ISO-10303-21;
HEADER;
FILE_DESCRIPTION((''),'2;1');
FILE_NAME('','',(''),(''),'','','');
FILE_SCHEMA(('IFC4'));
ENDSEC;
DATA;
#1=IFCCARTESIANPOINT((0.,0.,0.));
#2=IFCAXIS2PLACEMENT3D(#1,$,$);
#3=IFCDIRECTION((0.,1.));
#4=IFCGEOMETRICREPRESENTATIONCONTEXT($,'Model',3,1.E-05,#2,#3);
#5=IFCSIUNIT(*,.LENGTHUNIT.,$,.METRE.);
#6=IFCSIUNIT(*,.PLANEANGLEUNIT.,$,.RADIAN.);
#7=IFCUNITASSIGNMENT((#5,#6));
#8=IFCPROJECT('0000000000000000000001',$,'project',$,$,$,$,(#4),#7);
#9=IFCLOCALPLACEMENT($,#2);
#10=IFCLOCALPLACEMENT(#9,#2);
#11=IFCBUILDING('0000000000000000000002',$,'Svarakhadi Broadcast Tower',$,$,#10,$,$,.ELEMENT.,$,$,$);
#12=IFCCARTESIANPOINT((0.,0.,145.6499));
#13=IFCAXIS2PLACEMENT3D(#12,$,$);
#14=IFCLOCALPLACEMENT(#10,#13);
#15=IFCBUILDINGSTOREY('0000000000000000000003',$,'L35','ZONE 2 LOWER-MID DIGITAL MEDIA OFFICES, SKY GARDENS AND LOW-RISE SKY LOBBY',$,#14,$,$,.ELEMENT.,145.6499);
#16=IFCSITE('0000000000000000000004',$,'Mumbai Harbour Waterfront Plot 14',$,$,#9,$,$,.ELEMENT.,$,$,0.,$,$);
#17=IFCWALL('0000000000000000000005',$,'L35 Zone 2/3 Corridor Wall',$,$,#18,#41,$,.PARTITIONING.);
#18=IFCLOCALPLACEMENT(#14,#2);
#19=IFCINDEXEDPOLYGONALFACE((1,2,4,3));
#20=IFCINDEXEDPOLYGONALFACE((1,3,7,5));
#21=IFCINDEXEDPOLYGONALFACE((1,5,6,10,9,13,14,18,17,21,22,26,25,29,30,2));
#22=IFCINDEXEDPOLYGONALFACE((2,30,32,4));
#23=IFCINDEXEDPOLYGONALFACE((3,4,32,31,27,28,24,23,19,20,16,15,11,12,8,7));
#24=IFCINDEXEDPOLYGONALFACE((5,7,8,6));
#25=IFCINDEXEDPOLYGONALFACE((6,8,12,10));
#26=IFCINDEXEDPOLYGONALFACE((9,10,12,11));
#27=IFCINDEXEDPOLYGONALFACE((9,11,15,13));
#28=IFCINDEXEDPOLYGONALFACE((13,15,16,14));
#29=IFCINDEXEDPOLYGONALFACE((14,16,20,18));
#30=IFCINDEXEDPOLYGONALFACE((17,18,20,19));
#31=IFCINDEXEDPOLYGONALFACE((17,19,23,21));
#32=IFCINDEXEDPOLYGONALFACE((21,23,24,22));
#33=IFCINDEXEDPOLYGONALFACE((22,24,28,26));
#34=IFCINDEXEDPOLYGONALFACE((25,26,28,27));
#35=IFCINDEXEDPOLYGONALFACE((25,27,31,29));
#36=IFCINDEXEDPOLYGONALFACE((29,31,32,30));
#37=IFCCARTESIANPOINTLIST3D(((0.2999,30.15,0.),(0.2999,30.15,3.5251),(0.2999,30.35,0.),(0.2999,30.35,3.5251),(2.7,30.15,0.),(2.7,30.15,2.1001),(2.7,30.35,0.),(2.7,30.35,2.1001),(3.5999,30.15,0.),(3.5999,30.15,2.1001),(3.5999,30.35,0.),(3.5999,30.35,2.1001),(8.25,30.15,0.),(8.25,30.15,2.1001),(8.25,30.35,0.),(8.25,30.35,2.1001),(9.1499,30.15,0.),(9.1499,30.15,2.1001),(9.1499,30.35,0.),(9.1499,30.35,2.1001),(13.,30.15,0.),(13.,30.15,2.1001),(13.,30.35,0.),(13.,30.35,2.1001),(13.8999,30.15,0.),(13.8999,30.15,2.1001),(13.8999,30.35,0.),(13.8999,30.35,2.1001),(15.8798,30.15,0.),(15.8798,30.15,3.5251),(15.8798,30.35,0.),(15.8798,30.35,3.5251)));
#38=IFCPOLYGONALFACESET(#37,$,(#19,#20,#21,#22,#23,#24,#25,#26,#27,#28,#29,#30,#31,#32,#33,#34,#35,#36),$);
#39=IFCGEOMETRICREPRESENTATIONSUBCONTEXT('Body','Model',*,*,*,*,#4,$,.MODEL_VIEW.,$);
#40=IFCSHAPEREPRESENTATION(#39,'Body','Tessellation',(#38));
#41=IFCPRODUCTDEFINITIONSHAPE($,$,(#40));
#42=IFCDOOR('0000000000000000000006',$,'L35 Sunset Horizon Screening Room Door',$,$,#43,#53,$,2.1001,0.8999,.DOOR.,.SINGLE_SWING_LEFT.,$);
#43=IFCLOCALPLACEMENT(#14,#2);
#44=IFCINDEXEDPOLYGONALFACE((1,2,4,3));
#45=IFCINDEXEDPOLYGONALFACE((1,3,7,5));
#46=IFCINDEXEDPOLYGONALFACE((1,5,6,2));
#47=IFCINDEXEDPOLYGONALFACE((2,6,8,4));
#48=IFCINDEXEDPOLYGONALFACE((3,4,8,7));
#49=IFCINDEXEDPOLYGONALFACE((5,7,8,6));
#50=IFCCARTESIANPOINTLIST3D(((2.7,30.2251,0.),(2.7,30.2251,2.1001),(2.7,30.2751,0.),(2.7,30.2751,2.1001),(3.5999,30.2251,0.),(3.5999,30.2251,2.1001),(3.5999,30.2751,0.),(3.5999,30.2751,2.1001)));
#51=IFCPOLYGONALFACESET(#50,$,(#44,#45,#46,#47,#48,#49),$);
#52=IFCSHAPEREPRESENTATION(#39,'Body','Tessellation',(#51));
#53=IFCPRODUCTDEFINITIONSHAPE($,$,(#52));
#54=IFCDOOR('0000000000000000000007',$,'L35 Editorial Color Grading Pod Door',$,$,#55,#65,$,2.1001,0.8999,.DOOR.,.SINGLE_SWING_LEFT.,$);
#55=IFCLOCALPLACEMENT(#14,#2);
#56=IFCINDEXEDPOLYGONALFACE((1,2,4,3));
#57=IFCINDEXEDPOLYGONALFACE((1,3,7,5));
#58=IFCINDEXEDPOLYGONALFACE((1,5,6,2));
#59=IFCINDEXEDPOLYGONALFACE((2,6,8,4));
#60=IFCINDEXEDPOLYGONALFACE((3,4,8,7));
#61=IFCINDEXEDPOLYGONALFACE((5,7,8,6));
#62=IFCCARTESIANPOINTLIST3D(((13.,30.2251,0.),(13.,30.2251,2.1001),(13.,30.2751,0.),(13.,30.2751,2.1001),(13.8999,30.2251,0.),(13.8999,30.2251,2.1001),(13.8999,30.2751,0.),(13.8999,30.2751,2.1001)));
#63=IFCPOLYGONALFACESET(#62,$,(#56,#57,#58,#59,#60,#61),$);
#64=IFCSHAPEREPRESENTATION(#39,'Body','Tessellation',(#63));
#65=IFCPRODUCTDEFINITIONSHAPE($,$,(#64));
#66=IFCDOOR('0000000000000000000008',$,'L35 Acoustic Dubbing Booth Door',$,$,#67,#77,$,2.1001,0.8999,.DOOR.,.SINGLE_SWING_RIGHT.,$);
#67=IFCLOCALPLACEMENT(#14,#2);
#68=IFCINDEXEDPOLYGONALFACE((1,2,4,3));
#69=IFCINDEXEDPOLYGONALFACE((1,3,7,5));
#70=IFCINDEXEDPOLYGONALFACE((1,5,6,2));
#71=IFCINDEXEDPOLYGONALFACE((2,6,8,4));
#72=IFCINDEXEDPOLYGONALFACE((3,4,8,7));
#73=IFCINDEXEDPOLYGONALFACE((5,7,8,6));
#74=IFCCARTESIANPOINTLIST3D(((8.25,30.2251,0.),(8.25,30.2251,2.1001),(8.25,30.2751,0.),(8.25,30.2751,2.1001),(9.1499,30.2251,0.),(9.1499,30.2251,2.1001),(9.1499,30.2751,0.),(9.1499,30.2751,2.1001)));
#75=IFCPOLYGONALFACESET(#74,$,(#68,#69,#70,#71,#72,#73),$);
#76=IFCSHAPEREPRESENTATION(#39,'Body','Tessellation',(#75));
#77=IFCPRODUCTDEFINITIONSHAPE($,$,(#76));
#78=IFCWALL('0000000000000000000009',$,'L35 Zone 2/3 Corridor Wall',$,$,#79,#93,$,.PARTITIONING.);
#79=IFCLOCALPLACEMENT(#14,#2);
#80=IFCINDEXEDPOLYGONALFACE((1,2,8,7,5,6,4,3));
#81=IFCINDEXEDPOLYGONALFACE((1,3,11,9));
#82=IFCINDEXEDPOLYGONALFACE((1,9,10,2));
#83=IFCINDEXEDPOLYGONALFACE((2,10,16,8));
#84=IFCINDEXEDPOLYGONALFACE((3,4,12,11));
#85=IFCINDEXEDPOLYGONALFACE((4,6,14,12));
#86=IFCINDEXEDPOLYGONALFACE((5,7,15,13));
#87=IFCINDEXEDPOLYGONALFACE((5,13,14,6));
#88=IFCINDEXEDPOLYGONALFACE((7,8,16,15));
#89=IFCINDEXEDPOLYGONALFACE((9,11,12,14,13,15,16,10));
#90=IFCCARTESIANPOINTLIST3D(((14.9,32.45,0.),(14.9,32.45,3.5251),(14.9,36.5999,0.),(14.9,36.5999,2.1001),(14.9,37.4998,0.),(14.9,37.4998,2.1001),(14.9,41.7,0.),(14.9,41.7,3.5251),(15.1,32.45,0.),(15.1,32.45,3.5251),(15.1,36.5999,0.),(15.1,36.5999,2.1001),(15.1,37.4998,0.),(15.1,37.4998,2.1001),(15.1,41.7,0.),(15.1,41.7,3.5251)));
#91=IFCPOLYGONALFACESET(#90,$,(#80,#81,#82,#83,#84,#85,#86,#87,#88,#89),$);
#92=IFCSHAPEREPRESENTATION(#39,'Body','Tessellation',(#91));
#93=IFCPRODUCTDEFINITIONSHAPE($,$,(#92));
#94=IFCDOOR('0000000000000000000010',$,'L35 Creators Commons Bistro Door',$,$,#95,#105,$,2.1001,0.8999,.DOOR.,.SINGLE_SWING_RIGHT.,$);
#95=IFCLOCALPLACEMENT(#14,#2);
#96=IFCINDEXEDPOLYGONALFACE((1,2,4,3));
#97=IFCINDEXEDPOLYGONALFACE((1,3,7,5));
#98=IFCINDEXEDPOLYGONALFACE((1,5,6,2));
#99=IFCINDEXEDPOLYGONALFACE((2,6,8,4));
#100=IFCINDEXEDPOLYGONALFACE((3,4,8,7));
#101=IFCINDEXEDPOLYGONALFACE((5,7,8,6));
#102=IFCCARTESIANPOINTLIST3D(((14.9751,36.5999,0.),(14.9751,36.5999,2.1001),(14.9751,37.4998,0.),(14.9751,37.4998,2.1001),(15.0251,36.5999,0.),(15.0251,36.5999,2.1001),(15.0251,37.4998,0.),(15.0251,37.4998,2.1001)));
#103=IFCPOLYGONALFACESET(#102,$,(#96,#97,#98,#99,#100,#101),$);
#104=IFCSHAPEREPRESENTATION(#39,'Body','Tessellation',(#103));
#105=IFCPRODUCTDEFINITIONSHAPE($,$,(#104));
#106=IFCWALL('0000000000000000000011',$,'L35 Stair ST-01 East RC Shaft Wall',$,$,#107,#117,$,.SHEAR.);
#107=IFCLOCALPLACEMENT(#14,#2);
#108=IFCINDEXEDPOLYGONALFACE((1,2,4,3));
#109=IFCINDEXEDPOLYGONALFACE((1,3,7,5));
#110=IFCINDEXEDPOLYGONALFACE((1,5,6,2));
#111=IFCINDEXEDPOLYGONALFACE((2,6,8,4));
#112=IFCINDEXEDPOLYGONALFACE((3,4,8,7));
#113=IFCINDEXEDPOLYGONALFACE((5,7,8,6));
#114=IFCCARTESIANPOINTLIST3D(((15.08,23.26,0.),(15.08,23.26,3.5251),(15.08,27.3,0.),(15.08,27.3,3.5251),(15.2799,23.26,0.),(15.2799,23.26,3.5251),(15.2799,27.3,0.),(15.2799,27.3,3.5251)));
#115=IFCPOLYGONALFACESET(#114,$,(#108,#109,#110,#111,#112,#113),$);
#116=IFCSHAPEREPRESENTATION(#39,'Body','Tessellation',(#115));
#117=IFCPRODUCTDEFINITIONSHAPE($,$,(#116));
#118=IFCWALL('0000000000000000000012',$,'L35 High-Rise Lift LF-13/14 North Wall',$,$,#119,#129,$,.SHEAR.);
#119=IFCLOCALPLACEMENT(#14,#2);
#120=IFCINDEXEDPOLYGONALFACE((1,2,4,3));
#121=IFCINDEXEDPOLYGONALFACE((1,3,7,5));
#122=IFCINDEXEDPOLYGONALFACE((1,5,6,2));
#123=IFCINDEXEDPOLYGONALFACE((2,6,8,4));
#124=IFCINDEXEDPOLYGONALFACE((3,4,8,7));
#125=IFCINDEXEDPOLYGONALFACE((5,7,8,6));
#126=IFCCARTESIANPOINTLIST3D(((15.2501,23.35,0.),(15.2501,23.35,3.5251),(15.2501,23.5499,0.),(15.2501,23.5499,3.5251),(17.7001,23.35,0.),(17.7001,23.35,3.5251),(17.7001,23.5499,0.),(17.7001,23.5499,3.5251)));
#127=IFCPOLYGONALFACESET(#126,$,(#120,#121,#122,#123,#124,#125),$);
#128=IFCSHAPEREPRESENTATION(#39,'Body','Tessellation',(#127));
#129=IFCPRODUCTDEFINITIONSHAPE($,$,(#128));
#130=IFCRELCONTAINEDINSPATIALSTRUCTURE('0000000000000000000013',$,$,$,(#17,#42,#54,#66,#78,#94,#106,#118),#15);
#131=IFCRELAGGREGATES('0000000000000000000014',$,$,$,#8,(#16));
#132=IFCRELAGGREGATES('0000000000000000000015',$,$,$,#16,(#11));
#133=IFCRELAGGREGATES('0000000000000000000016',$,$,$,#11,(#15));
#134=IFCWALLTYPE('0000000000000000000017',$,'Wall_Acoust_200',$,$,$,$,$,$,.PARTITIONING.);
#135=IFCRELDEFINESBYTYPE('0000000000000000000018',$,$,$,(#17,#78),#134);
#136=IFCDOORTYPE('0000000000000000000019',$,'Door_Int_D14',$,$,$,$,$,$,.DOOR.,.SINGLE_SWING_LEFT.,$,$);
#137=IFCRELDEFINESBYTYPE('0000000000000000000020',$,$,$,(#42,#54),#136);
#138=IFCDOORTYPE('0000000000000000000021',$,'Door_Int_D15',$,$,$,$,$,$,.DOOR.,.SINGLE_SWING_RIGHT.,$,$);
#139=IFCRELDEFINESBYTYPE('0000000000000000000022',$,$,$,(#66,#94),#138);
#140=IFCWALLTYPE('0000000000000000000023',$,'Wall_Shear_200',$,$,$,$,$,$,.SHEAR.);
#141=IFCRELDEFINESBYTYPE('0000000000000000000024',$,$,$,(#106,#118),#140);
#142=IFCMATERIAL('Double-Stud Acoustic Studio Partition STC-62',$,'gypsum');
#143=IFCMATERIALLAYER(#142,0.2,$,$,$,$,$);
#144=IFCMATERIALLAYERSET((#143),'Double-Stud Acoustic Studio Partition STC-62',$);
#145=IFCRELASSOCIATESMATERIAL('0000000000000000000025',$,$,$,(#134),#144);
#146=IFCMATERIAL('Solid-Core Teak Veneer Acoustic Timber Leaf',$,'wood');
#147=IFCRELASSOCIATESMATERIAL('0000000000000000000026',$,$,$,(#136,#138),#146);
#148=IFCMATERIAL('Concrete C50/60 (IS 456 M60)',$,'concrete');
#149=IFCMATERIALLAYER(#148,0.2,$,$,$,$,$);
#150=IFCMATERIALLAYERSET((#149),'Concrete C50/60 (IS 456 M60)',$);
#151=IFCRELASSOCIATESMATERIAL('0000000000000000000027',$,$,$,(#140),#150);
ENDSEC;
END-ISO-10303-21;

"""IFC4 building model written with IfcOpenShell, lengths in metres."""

from ifc_helpers import new_model, si_unit, direction, frame, frame_2d, origin, place, context, subcontext, project, spatial, rectangle, extrude, material, layer, layer_set, type_object, element, fill, save


model = new_model("IFC4")

# Units and contexts
model_context = context("Model", 3, precision=1e-05, world=origin(), true_north=direction((0.0, 1.0)))
body_context = subcontext(model_context, "Body", "Model", "MODEL_VIEW")
ifc_project = project(units=[si_unit("LENGTHUNIT", "METRE"), si_unit("PLANEANGLEUNIT", "RADIAN")], contexts=[model_context])

# Site, building, storey
site_placement = place(None, origin())
site = spatial("IfcSite", under=ifc_project, at=site_placement, Name="Mumbai Harbour Waterfront Plot 14", CompositionType="ELEMENT", RefElevation=0.0)
building_placement = place(site_placement, origin())
building = spatial("IfcBuilding", under=site, at=building_placement, Name="Svarakhadi Broadcast Tower", CompositionType="ELEMENT")
storey_placement = place(building_placement, frame((0.0, 0.0, 145.6499)))
storey = spatial("IfcBuildingStorey", under=building, at=storey_placement, Name="L35", Description="ZONE 2 LOWER-MID DIGITAL MEDIA OFFICES, SKY GARDENS AND LOW-RISE SKY LOBBY", CompositionType="ELEMENT", Elevation=145.6499)

# Shared definitions
ifc_material_1 = material(Name="Concrete C50/60 (IS 456 M60)", Category="concrete")

# Shared definitions
ifc_material_2 = material(Name="Double-Stud Acoustic Studio Partition STC-62", Category="gypsum")
ifc_layer_1 = layer(ifc_material_2, 0.2)
ifc_layer_set_1 = layer_set([ifc_layer_1], Name="Double-Stud Acoustic Studio Partition STC-62")
wall_type_1 = type_object("IfcWallType", Name="Wall_Acoust_200", PredefinedType="PARTITIONING", material=ifc_layer_set_1)

# Wall, openings, doors
wall_1_placement = place(storey_placement, frame((15.8799, 30.25, 0.0), z_axis=(0.0, 0.0, 1.0), x_axis=(-1.0, 0.0, 0.0)))
wall_1 = element("IfcWall", 1, at=wall_1_placement, inside=storey, type_object=wall_type_1, Name="L35 Zone 2/3 Corridor Wall", PredefinedType="PARTITIONING", context=body_context, shape_type="SweptSolid", body=[
    extrude(rectangle(XDim=15.5798, YDim=0.2, at=frame_2d((7.79, 0.0))), origin(), (0.0, 0.0, 1.0), 3.5251),
])
opening_1_placement = place(wall_1_placement, frame((12.28, 0.0, 0.0)))
opening_1 = element("IfcOpeningElement", 2, at=opening_1_placement, cuts=wall_1, PredefinedType="OPENING", context=body_context, shape_type="SweptSolid", body=[
    extrude(rectangle(XDim=0.8999, YDim=2.1001, at=frame_2d((0.45, 1.05))), frame((0.0, 0.1099, 0.0), z_axis=(0.0, -1.0, 0.0), x_axis=(1.0, 0.0, 0.0)), (0.0, 0.0, 1.0), 0.22),
])
opening_2_placement = place(wall_1_placement, frame((6.73, 0.0, 0.0)))
opening_2 = element("IfcOpeningElement", 3, at=opening_2_placement, cuts=wall_1, PredefinedType="OPENING", context=body_context, shape_type="SweptSolid", body=[
    extrude(rectangle(XDim=0.8999, YDim=2.1001, at=frame_2d((0.45, 1.05))), frame((0.0, 0.1099, 0.0), z_axis=(0.0, -1.0, 0.0), x_axis=(1.0, 0.0, 0.0)), (0.0, 0.0, 1.0), 0.22),
])
opening_3_placement = place(wall_1_placement, frame((1.98, 0.0, 0.0)))
opening_3 = element("IfcOpeningElement", 4, at=opening_3_placement, cuts=wall_1, PredefinedType="OPENING", context=body_context, shape_type="SweptSolid", body=[
    extrude(rectangle(XDim=0.8999, YDim=2.1001, at=frame_2d((0.45, 1.05))), frame((0.0, 0.1099, 0.0), z_axis=(0.0, -1.0, 0.0), x_axis=(1.0, 0.0, 0.0)), (0.0, 0.0, 1.0), 0.22),
])
ifc_material_3 = material(Name="Solid-Core Teak Veneer Acoustic Timber Leaf", Category="wood")
door_type_1 = type_object("IfcDoorType", Name="Door_Int_D14", OperationType="SINGLE_SWING_LEFT", PredefinedType="DOOR", material=ifc_material_3)
door_1_placement = place(opening_1_placement, origin())
door_1 = element("IfcDoor", 5, at=door_1_placement, inside=storey, type_object=door_type_1, Name="L35 Sunset Horizon Screening Room Door", OperationType="SINGLE_SWING_LEFT", OverallHeight=2.1001, OverallWidth=0.8999, PredefinedType="DOOR", context=body_context, shape_type="SweptSolid", body=[
    extrude(rectangle(XDim=0.8999, YDim=2.1001, at=frame_2d((0.45, 1.05))), frame((0.0, 0.0249, 0.0), z_axis=(0.0, -1.0, 0.0), x_axis=(1.0, 0.0, 0.0)), (0.0, 0.0, 1.0), 0.05),
])
fill(opening_1, door_1)
door_2_placement = place(opening_3_placement, origin())
door_2 = element("IfcDoor", 6, at=door_2_placement, inside=storey, type_object=door_type_1, Name="L35 Editorial Color Grading Pod Door", OperationType="SINGLE_SWING_LEFT", OverallHeight=2.1001, OverallWidth=0.8999, PredefinedType="DOOR", context=body_context, shape_type="SweptSolid", body=[
    extrude(rectangle(XDim=0.8999, YDim=2.1001, at=frame_2d((0.45, 1.05))), frame((0.0, 0.0249, 0.0), z_axis=(0.0, -1.0, 0.0), x_axis=(1.0, 0.0, 0.0)), (0.0, 0.0, 1.0), 0.05),
])
fill(opening_3, door_2)
door_type_2 = type_object("IfcDoorType", Name="Door_Int_D15", OperationType="SINGLE_SWING_RIGHT", PredefinedType="DOOR", material=ifc_material_3)
door_3_placement = place(opening_2_placement, origin())
door_3 = element("IfcDoor", 7, at=door_3_placement, inside=storey, type_object=door_type_2, Name="L35 Acoustic Dubbing Booth Door", OperationType="SINGLE_SWING_RIGHT", OverallHeight=2.1001, OverallWidth=0.8999, PredefinedType="DOOR", context=body_context, shape_type="SweptSolid", body=[
    extrude(rectangle(XDim=0.8999, YDim=2.1001, at=frame_2d((0.45, 1.05))), frame((0.0, 0.0249, 0.0), z_axis=(0.0, -1.0, 0.0), x_axis=(1.0, 0.0, 0.0)), (0.0, 0.0, 1.0), 0.05),
])
fill(opening_2, door_3)

# Wall, opening, door
wall_2_placement = place(storey_placement, frame((15.0, 32.45, 0.0), z_axis=(0.0, 0.0, 1.0), x_axis=(0.0, 1.0, 0.0)))
wall_2 = element("IfcWall", 8, at=wall_2_placement, inside=storey, type_object=wall_type_1, Name="L35 Zone 2/3 Corridor Wall", PredefinedType="PARTITIONING", context=body_context, shape_type="SweptSolid", body=[
    extrude(rectangle(XDim=9.25, YDim=0.2, at=frame_2d((4.625, 0.0))), origin(), (0.0, 0.0, 1.0), 3.5251),
])
opening_4_placement = place(wall_2_placement, frame((4.1499, 0.0, 0.0)))
opening_4 = element("IfcOpeningElement", 9, at=opening_4_placement, cuts=wall_2, PredefinedType="OPENING", context=body_context, shape_type="SweptSolid", body=[
    extrude(rectangle(XDim=0.8999, YDim=2.1001, at=frame_2d((0.45, 1.05))), frame((0.0, 0.1099, 0.0), z_axis=(0.0, -1.0, 0.0), x_axis=(1.0, 0.0, 0.0)), (0.0, 0.0, 1.0), 0.22),
])
door_4_placement = place(opening_4_placement, origin())
door_4 = element("IfcDoor", 10, at=door_4_placement, inside=storey, type_object=door_type_2, Name="L35 Creators Commons Bistro Door", OperationType="SINGLE_SWING_RIGHT", OverallHeight=2.1001, OverallWidth=0.8999, PredefinedType="DOOR", context=body_context, shape_type="SweptSolid", body=[
    extrude(rectangle(XDim=0.8999, YDim=2.1001, at=frame_2d((0.45, 1.05))), frame((0.0, 0.0249, 0.0), z_axis=(0.0, -1.0, 0.0), x_axis=(1.0, 0.0, 0.0)), (0.0, 0.0, 1.0), 0.05),
])
fill(opening_4, door_4)

# Walls
ifc_layer_2 = layer(ifc_material_1, 0.2)
ifc_layer_set_2 = layer_set([ifc_layer_2], Name="Concrete C50/60 (IS 456 M60)")
wall_type_2 = type_object("IfcWallType", Name="Wall_Shear_200", PredefinedType="SHEAR", material=ifc_layer_set_2)
wall_3_placement = place(storey_placement, frame((15.1799, 23.26, 0.0), z_axis=(0.0, 0.0, 1.0), x_axis=(0.0, 1.0, 0.0)))
element("IfcWall", 11, at=wall_3_placement, inside=storey, type_object=wall_type_2, Name="L35 Stair ST-01 East RC Shaft Wall", PredefinedType="SHEAR", context=body_context, shape_type="SweptSolid", body=[
    extrude(rectangle(XDim=4.04, YDim=0.2, at=frame_2d((2.02, 0.0))), origin(), (0.0, 0.0, 1.0), 3.5251),
])
wall_4_placement = place(storey_placement, frame((15.25, 23.45, 0.0), z_axis=(0.0, 0.0, 1.0), x_axis=(1.0, 0.0, 0.0)))
element("IfcWall", 12, at=wall_4_placement, inside=storey, type_object=wall_type_2, Name="L35 High-Rise Lift LF-13/14 North Wall", PredefinedType="SHEAR", context=body_context, shape_type="SweptSolid", body=[
    extrude(rectangle(XDim=2.45, YDim=0.2, at=frame_2d((1.2251, 0.0))), origin(), (0.0, 0.0, 1.0), 3.5251),
])

save(model, "model.ifc")
